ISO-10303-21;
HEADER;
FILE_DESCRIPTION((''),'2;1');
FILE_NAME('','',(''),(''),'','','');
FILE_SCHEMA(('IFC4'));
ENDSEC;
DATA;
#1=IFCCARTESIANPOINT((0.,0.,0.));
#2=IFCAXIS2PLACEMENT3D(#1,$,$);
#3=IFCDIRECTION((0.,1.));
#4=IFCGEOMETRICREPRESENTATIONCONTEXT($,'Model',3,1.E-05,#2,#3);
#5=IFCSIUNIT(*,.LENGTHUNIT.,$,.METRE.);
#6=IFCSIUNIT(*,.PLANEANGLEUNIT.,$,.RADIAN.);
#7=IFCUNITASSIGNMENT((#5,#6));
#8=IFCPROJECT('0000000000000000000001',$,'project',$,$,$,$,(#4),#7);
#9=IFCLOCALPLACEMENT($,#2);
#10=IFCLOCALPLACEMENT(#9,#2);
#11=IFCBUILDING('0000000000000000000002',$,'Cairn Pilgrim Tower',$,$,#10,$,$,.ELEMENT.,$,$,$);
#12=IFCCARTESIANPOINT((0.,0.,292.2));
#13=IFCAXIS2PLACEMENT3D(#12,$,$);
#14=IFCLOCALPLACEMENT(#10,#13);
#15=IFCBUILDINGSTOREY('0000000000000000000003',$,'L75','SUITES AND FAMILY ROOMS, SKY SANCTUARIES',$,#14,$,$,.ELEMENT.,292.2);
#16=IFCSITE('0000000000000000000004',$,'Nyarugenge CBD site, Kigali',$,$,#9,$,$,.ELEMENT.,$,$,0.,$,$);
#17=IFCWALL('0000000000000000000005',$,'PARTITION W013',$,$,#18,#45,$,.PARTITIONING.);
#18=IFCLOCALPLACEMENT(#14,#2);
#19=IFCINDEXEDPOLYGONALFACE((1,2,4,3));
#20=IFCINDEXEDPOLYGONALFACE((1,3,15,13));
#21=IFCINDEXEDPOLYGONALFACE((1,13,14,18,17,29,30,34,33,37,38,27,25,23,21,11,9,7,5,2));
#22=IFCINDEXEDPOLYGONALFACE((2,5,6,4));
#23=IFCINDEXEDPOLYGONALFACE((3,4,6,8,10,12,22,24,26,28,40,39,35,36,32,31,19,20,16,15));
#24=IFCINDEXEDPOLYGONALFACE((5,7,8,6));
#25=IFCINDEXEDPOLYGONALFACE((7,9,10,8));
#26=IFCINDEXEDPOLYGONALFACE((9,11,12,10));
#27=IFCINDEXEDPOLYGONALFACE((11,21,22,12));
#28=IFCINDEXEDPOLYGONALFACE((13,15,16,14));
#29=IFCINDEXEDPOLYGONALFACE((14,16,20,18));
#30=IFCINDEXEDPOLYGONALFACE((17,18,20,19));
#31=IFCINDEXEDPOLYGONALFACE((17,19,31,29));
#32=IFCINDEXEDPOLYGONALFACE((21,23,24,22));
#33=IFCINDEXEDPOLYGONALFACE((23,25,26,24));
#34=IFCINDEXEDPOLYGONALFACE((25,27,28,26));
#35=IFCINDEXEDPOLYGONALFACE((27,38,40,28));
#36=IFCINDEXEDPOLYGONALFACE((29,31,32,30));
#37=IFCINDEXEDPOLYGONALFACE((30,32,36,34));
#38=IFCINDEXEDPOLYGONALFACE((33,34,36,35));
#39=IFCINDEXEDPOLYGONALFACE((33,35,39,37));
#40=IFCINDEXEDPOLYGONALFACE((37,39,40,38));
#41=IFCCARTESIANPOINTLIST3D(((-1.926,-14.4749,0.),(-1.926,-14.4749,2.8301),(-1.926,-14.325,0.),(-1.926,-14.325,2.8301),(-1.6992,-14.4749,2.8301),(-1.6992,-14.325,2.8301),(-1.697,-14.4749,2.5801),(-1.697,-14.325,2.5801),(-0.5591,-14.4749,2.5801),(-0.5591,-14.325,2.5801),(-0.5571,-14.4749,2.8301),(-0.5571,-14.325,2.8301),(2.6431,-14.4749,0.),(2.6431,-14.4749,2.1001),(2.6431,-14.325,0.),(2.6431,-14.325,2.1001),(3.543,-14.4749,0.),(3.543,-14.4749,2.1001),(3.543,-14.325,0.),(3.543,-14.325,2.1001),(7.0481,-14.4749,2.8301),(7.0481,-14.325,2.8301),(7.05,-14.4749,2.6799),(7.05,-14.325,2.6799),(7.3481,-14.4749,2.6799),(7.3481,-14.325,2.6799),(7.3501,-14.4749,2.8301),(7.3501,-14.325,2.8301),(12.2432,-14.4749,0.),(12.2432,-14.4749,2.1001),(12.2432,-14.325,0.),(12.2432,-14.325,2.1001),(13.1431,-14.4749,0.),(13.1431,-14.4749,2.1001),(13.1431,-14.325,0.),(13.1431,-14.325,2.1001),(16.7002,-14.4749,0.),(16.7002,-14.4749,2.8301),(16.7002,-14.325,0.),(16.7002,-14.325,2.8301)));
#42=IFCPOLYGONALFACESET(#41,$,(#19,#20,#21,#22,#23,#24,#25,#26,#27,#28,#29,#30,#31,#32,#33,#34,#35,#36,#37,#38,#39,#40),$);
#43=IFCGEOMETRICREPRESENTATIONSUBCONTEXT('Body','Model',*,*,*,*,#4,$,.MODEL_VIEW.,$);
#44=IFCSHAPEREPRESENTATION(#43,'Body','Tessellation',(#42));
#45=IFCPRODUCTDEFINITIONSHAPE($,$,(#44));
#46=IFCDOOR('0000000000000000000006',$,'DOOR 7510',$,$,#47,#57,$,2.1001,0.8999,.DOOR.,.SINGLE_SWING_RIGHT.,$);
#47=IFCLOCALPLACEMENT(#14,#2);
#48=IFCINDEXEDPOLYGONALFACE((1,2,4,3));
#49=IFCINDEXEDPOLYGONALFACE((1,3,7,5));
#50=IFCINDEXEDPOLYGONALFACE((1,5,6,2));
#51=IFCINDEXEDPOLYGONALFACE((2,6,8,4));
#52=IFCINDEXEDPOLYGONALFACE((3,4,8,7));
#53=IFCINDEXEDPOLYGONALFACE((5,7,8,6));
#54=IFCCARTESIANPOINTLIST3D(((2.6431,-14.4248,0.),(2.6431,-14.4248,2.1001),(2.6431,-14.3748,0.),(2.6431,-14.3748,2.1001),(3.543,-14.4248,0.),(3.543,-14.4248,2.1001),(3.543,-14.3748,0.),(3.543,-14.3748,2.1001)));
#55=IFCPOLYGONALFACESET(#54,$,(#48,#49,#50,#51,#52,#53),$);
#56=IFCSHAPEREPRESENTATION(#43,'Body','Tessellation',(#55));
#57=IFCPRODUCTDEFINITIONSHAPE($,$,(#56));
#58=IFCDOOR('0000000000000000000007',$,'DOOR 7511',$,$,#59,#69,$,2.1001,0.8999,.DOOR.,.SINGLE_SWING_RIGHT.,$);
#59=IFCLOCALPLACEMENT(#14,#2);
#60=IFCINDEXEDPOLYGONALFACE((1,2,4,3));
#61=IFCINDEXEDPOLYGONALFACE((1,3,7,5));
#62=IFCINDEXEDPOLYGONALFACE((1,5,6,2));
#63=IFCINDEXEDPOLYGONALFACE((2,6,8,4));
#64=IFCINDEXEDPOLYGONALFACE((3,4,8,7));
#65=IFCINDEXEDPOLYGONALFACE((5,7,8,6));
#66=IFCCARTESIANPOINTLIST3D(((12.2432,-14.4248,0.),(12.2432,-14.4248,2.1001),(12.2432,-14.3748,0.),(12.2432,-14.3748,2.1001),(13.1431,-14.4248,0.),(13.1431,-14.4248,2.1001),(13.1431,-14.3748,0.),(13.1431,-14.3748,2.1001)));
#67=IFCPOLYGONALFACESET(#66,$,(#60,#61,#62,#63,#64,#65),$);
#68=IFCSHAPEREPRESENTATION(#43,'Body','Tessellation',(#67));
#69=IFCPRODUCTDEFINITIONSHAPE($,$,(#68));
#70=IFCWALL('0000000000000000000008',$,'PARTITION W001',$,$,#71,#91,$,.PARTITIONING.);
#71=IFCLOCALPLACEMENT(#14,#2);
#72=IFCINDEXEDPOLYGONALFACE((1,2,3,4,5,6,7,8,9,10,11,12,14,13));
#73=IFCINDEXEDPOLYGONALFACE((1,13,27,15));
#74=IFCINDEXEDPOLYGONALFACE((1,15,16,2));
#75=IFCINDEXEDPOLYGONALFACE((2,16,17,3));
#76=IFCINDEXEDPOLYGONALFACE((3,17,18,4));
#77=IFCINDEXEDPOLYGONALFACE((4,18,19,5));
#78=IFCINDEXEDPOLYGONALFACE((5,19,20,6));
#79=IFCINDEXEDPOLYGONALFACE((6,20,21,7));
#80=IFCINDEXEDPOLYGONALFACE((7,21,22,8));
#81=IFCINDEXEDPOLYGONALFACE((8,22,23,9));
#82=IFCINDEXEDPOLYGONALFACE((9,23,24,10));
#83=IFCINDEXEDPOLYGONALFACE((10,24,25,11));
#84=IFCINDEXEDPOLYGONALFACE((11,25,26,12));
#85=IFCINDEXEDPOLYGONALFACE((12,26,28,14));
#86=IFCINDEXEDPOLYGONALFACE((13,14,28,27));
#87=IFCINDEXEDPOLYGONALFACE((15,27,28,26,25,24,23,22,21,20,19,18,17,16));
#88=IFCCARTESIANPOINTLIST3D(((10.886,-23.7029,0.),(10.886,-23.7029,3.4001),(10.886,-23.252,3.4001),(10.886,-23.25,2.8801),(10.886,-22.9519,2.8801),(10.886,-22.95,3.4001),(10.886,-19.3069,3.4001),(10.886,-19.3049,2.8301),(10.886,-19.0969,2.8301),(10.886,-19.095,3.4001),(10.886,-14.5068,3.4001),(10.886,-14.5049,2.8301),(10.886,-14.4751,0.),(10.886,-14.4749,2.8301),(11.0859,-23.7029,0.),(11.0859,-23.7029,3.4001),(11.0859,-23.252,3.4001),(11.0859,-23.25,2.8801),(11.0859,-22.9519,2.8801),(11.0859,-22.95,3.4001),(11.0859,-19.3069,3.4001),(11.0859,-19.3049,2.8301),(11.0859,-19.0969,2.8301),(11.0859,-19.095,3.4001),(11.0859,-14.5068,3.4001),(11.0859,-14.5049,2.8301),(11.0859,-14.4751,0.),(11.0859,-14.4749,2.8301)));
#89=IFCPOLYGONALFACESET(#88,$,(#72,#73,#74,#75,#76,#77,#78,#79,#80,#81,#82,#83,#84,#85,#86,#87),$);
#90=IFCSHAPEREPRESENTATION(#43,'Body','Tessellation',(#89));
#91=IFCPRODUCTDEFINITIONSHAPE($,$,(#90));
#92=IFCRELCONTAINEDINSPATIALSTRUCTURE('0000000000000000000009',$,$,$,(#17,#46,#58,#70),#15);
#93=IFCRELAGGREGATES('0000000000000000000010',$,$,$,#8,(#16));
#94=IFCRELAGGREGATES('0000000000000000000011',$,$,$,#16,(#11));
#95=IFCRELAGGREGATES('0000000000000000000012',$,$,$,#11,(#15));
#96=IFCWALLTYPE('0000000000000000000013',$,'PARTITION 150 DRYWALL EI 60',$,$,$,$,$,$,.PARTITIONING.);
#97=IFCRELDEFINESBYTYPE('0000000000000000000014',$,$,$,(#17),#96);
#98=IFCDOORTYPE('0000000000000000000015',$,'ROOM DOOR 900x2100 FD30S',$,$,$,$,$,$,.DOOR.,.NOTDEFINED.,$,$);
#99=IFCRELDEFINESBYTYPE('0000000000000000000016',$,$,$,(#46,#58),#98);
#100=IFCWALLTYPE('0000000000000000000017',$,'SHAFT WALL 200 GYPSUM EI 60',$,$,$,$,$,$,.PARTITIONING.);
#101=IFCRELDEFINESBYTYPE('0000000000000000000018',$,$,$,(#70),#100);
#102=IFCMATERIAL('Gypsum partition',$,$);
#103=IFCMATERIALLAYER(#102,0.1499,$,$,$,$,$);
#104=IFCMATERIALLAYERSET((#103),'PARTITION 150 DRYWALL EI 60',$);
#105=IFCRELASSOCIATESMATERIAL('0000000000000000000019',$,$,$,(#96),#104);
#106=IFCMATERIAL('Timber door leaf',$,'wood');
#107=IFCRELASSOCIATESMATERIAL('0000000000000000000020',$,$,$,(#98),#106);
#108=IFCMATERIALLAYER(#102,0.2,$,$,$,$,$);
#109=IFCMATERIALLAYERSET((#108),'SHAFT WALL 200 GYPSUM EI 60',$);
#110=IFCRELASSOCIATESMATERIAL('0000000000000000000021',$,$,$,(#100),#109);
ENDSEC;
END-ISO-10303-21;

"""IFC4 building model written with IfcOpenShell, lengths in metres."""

from ifc_helpers import new_model, si_unit, direction, frame, frame_2d, origin, place, context, subcontext, project, spatial, polyline, rectangle, outline, extrude, material, layer, layer_set, type_object, element, fill, save


model = new_model("IFC4")

# Units and contexts
model_context = context("Model", 3, precision=1e-05, world=origin(), true_north=direction((0.0, 1.0)))
body_context = subcontext(model_context, "Body", "Model", "MODEL_VIEW")
ifc_project = project(units=[si_unit("LENGTHUNIT", "METRE"), si_unit("PLANEANGLEUNIT", "RADIAN")], contexts=[model_context])

# Site, building, storey
site_placement = place(None, origin())
site = spatial("IfcSite", under=ifc_project, at=site_placement, Name="Nyarugenge CBD site, Kigali", CompositionType="ELEMENT", RefElevation=0.0)
building_placement = place(site_placement, origin())
building = spatial("IfcBuilding", under=site, at=building_placement, Name="Cairn Pilgrim Tower", CompositionType="ELEMENT")
storey_placement = place(building_placement, frame((0.0, 0.0, 292.2)))
storey = spatial("IfcBuildingStorey", under=building, at=storey_placement, Name="L75", Description="SUITES AND FAMILY ROOMS, SKY SANCTUARIES", CompositionType="ELEMENT", Elevation=292.2)

# Shared definitions
ifc_material_1 = material(Name="Gypsum partition")

# Shared definitions
ifc_material_2 = material(Name="Timber door leaf", Category="wood")

# Wall, openings, doors
ifc_layer_1 = layer(ifc_material_1, 0.1499)
ifc_layer_set_1 = layer_set([ifc_layer_1], Name="PARTITION 150 DRYWALL EI 60")
wall_type_1 = type_object("IfcWallType", Name="PARTITION 150 DRYWALL EI 60", PredefinedType="PARTITIONING", material=ifc_layer_set_1)
wall_1_placement = place(storey_placement, frame((-1.926, -14.3999, 0.0), z_axis=(0.0, 0.0, 1.0), x_axis=(1.0, 0.0, 0.0)))
wall_1 = element("IfcWall", 1, at=wall_1_placement, inside=storey, type_object=wall_type_1, Name="PARTITION W013", PredefinedType="PARTITIONING", context=body_context, shape_type="SweptSolid", body=[
    extrude(outline(polyline([(0.0, 0.0), (18.6262, 0.0), (18.6262, 2.8301), (9.2761, 2.8301), (9.2742, 2.6799), (8.9761, 2.6799), (8.9741, 2.8301), (1.3689, 2.8301), (1.3669, 2.5801), (0.229, 2.5801), (0.2268, 2.8301), (0.0, 2.8301), (0.0, 0.0)])), frame((0.0, 0.075, 0.0), z_axis=(0.0, -1.0, 0.0), x_axis=(1.0, 0.0, 0.0)), (0.0, 0.0, 1.0), 0.1499),
])
opening_1_placement = place(wall_1_placement, frame((4.5691, 0.0, 0.0)))
opening_1 = element("IfcOpeningElement", 2, at=opening_1_placement, cuts=wall_1, PredefinedType="OPENING", context=body_context, shape_type="SweptSolid", body=[
    extrude(rectangle(XDim=0.8999, YDim=2.1001, at=frame_2d((0.45, 1.05))), frame((0.0, 0.085, 0.0), z_axis=(0.0, -1.0, 0.0), x_axis=(1.0, 0.0, 0.0)), (0.0, 0.0, 1.0), 0.1699),
])
opening_2_placement = place(wall_1_placement, frame((14.1692, 0.0, 0.0)))
opening_2 = element("IfcOpeningElement", 3, at=opening_2_placement, cuts=wall_1, PredefinedType="OPENING", context=body_context, shape_type="SweptSolid", body=[
    extrude(rectangle(XDim=0.8999, YDim=2.1001, at=frame_2d((0.45, 1.05))), frame((0.0, 0.085, 0.0), z_axis=(0.0, -1.0, 0.0), x_axis=(1.0, 0.0, 0.0)), (0.0, 0.0, 1.0), 0.1699),
])
door_type_1 = type_object("IfcDoorType", Name="ROOM DOOR 900x2100 FD30S", OperationType="NOTDEFINED", PredefinedType="DOOR", material=ifc_material_2)
door_1_placement = place(opening_1_placement, frame((0.8999, 0.0, 0.0), z_axis=(0.0, 0.0, 1.0), x_axis=(-1.0, 0.0, 0.0)))
door_1 = element("IfcDoor", 4, at=door_1_placement, inside=storey, type_object=door_type_1, Name="DOOR 7510", OperationType="SINGLE_SWING_RIGHT", OverallHeight=2.1001, OverallWidth=0.8999, PredefinedType="DOOR", context=body_context, shape_type="SweptSolid", body=[
    extrude(rectangle(XDim=0.8999, YDim=2.1001, at=frame_2d((0.45, 1.05))), frame((0.0, 0.0249, 0.0), z_axis=(0.0, -1.0, 0.0), x_axis=(1.0, 0.0, 0.0)), (0.0, 0.0, 1.0), 0.05),
])
fill(opening_1, door_1)
door_2_placement = place(opening_2_placement, frame((0.8999, 0.0, 0.0), z_axis=(0.0, 0.0, 1.0), x_axis=(-1.0, 0.0, 0.0)))
door_2 = element("IfcDoor", 5, at=door_2_placement, inside=storey, type_object=door_type_1, Name="DOOR 7511", OperationType="SINGLE_SWING_RIGHT", OverallHeight=2.1001, OverallWidth=0.8999, PredefinedType="DOOR", context=body_context, shape_type="SweptSolid", body=[
    extrude(rectangle(XDim=0.8999, YDim=2.1001, at=frame_2d((0.45, 1.05))), frame((0.0, 0.0249, 0.0), z_axis=(0.0, -1.0, 0.0), x_axis=(1.0, 0.0, 0.0)), (0.0, 0.0, 1.0), 0.05),
])
fill(opening_2, door_2)

# Wall
ifc_layer_2 = layer(ifc_material_1, 0.2)
ifc_layer_set_2 = layer_set([ifc_layer_2], Name="SHAFT WALL 200 GYPSUM EI 60")
wall_type_2 = type_object("IfcWallType", Name="SHAFT WALL 200 GYPSUM EI 60", PredefinedType="PARTITIONING", material=ifc_layer_set_2)
wall_2_placement = place(storey_placement, frame((10.9861, -23.7029, 0.0), z_axis=(0.0, 0.0, 1.0), x_axis=(0.0, 1.0, 0.0)))
element("IfcWall", 6, at=wall_2_placement, inside=storey, type_object=wall_type_2, Name="PARTITION W001", PredefinedType="PARTITIONING", context=body_context, shape_type="SweptSolid", body=[
    extrude(outline(polyline([(0.0, 0.0), (9.2278, 0.0), (9.228, 2.8301), (9.198, 2.8301), (9.196, 3.4001), (4.6079, 3.4001), (4.606, 2.8301), (4.3979, 2.8301), (4.396, 3.4001), (0.7529, 3.4001), (0.751, 2.8801), (0.4529, 2.8801), (0.4509, 3.4001), (0.0, 3.4001), (0.0, 0.0)])), frame((0.0, 0.1001, 0.0), z_axis=(0.0, -1.0, 0.0), x_axis=(1.0, 0.0, 0.0)), (0.0, 0.0, 1.0), 0.2),
])

save(model, "model.ifc")
